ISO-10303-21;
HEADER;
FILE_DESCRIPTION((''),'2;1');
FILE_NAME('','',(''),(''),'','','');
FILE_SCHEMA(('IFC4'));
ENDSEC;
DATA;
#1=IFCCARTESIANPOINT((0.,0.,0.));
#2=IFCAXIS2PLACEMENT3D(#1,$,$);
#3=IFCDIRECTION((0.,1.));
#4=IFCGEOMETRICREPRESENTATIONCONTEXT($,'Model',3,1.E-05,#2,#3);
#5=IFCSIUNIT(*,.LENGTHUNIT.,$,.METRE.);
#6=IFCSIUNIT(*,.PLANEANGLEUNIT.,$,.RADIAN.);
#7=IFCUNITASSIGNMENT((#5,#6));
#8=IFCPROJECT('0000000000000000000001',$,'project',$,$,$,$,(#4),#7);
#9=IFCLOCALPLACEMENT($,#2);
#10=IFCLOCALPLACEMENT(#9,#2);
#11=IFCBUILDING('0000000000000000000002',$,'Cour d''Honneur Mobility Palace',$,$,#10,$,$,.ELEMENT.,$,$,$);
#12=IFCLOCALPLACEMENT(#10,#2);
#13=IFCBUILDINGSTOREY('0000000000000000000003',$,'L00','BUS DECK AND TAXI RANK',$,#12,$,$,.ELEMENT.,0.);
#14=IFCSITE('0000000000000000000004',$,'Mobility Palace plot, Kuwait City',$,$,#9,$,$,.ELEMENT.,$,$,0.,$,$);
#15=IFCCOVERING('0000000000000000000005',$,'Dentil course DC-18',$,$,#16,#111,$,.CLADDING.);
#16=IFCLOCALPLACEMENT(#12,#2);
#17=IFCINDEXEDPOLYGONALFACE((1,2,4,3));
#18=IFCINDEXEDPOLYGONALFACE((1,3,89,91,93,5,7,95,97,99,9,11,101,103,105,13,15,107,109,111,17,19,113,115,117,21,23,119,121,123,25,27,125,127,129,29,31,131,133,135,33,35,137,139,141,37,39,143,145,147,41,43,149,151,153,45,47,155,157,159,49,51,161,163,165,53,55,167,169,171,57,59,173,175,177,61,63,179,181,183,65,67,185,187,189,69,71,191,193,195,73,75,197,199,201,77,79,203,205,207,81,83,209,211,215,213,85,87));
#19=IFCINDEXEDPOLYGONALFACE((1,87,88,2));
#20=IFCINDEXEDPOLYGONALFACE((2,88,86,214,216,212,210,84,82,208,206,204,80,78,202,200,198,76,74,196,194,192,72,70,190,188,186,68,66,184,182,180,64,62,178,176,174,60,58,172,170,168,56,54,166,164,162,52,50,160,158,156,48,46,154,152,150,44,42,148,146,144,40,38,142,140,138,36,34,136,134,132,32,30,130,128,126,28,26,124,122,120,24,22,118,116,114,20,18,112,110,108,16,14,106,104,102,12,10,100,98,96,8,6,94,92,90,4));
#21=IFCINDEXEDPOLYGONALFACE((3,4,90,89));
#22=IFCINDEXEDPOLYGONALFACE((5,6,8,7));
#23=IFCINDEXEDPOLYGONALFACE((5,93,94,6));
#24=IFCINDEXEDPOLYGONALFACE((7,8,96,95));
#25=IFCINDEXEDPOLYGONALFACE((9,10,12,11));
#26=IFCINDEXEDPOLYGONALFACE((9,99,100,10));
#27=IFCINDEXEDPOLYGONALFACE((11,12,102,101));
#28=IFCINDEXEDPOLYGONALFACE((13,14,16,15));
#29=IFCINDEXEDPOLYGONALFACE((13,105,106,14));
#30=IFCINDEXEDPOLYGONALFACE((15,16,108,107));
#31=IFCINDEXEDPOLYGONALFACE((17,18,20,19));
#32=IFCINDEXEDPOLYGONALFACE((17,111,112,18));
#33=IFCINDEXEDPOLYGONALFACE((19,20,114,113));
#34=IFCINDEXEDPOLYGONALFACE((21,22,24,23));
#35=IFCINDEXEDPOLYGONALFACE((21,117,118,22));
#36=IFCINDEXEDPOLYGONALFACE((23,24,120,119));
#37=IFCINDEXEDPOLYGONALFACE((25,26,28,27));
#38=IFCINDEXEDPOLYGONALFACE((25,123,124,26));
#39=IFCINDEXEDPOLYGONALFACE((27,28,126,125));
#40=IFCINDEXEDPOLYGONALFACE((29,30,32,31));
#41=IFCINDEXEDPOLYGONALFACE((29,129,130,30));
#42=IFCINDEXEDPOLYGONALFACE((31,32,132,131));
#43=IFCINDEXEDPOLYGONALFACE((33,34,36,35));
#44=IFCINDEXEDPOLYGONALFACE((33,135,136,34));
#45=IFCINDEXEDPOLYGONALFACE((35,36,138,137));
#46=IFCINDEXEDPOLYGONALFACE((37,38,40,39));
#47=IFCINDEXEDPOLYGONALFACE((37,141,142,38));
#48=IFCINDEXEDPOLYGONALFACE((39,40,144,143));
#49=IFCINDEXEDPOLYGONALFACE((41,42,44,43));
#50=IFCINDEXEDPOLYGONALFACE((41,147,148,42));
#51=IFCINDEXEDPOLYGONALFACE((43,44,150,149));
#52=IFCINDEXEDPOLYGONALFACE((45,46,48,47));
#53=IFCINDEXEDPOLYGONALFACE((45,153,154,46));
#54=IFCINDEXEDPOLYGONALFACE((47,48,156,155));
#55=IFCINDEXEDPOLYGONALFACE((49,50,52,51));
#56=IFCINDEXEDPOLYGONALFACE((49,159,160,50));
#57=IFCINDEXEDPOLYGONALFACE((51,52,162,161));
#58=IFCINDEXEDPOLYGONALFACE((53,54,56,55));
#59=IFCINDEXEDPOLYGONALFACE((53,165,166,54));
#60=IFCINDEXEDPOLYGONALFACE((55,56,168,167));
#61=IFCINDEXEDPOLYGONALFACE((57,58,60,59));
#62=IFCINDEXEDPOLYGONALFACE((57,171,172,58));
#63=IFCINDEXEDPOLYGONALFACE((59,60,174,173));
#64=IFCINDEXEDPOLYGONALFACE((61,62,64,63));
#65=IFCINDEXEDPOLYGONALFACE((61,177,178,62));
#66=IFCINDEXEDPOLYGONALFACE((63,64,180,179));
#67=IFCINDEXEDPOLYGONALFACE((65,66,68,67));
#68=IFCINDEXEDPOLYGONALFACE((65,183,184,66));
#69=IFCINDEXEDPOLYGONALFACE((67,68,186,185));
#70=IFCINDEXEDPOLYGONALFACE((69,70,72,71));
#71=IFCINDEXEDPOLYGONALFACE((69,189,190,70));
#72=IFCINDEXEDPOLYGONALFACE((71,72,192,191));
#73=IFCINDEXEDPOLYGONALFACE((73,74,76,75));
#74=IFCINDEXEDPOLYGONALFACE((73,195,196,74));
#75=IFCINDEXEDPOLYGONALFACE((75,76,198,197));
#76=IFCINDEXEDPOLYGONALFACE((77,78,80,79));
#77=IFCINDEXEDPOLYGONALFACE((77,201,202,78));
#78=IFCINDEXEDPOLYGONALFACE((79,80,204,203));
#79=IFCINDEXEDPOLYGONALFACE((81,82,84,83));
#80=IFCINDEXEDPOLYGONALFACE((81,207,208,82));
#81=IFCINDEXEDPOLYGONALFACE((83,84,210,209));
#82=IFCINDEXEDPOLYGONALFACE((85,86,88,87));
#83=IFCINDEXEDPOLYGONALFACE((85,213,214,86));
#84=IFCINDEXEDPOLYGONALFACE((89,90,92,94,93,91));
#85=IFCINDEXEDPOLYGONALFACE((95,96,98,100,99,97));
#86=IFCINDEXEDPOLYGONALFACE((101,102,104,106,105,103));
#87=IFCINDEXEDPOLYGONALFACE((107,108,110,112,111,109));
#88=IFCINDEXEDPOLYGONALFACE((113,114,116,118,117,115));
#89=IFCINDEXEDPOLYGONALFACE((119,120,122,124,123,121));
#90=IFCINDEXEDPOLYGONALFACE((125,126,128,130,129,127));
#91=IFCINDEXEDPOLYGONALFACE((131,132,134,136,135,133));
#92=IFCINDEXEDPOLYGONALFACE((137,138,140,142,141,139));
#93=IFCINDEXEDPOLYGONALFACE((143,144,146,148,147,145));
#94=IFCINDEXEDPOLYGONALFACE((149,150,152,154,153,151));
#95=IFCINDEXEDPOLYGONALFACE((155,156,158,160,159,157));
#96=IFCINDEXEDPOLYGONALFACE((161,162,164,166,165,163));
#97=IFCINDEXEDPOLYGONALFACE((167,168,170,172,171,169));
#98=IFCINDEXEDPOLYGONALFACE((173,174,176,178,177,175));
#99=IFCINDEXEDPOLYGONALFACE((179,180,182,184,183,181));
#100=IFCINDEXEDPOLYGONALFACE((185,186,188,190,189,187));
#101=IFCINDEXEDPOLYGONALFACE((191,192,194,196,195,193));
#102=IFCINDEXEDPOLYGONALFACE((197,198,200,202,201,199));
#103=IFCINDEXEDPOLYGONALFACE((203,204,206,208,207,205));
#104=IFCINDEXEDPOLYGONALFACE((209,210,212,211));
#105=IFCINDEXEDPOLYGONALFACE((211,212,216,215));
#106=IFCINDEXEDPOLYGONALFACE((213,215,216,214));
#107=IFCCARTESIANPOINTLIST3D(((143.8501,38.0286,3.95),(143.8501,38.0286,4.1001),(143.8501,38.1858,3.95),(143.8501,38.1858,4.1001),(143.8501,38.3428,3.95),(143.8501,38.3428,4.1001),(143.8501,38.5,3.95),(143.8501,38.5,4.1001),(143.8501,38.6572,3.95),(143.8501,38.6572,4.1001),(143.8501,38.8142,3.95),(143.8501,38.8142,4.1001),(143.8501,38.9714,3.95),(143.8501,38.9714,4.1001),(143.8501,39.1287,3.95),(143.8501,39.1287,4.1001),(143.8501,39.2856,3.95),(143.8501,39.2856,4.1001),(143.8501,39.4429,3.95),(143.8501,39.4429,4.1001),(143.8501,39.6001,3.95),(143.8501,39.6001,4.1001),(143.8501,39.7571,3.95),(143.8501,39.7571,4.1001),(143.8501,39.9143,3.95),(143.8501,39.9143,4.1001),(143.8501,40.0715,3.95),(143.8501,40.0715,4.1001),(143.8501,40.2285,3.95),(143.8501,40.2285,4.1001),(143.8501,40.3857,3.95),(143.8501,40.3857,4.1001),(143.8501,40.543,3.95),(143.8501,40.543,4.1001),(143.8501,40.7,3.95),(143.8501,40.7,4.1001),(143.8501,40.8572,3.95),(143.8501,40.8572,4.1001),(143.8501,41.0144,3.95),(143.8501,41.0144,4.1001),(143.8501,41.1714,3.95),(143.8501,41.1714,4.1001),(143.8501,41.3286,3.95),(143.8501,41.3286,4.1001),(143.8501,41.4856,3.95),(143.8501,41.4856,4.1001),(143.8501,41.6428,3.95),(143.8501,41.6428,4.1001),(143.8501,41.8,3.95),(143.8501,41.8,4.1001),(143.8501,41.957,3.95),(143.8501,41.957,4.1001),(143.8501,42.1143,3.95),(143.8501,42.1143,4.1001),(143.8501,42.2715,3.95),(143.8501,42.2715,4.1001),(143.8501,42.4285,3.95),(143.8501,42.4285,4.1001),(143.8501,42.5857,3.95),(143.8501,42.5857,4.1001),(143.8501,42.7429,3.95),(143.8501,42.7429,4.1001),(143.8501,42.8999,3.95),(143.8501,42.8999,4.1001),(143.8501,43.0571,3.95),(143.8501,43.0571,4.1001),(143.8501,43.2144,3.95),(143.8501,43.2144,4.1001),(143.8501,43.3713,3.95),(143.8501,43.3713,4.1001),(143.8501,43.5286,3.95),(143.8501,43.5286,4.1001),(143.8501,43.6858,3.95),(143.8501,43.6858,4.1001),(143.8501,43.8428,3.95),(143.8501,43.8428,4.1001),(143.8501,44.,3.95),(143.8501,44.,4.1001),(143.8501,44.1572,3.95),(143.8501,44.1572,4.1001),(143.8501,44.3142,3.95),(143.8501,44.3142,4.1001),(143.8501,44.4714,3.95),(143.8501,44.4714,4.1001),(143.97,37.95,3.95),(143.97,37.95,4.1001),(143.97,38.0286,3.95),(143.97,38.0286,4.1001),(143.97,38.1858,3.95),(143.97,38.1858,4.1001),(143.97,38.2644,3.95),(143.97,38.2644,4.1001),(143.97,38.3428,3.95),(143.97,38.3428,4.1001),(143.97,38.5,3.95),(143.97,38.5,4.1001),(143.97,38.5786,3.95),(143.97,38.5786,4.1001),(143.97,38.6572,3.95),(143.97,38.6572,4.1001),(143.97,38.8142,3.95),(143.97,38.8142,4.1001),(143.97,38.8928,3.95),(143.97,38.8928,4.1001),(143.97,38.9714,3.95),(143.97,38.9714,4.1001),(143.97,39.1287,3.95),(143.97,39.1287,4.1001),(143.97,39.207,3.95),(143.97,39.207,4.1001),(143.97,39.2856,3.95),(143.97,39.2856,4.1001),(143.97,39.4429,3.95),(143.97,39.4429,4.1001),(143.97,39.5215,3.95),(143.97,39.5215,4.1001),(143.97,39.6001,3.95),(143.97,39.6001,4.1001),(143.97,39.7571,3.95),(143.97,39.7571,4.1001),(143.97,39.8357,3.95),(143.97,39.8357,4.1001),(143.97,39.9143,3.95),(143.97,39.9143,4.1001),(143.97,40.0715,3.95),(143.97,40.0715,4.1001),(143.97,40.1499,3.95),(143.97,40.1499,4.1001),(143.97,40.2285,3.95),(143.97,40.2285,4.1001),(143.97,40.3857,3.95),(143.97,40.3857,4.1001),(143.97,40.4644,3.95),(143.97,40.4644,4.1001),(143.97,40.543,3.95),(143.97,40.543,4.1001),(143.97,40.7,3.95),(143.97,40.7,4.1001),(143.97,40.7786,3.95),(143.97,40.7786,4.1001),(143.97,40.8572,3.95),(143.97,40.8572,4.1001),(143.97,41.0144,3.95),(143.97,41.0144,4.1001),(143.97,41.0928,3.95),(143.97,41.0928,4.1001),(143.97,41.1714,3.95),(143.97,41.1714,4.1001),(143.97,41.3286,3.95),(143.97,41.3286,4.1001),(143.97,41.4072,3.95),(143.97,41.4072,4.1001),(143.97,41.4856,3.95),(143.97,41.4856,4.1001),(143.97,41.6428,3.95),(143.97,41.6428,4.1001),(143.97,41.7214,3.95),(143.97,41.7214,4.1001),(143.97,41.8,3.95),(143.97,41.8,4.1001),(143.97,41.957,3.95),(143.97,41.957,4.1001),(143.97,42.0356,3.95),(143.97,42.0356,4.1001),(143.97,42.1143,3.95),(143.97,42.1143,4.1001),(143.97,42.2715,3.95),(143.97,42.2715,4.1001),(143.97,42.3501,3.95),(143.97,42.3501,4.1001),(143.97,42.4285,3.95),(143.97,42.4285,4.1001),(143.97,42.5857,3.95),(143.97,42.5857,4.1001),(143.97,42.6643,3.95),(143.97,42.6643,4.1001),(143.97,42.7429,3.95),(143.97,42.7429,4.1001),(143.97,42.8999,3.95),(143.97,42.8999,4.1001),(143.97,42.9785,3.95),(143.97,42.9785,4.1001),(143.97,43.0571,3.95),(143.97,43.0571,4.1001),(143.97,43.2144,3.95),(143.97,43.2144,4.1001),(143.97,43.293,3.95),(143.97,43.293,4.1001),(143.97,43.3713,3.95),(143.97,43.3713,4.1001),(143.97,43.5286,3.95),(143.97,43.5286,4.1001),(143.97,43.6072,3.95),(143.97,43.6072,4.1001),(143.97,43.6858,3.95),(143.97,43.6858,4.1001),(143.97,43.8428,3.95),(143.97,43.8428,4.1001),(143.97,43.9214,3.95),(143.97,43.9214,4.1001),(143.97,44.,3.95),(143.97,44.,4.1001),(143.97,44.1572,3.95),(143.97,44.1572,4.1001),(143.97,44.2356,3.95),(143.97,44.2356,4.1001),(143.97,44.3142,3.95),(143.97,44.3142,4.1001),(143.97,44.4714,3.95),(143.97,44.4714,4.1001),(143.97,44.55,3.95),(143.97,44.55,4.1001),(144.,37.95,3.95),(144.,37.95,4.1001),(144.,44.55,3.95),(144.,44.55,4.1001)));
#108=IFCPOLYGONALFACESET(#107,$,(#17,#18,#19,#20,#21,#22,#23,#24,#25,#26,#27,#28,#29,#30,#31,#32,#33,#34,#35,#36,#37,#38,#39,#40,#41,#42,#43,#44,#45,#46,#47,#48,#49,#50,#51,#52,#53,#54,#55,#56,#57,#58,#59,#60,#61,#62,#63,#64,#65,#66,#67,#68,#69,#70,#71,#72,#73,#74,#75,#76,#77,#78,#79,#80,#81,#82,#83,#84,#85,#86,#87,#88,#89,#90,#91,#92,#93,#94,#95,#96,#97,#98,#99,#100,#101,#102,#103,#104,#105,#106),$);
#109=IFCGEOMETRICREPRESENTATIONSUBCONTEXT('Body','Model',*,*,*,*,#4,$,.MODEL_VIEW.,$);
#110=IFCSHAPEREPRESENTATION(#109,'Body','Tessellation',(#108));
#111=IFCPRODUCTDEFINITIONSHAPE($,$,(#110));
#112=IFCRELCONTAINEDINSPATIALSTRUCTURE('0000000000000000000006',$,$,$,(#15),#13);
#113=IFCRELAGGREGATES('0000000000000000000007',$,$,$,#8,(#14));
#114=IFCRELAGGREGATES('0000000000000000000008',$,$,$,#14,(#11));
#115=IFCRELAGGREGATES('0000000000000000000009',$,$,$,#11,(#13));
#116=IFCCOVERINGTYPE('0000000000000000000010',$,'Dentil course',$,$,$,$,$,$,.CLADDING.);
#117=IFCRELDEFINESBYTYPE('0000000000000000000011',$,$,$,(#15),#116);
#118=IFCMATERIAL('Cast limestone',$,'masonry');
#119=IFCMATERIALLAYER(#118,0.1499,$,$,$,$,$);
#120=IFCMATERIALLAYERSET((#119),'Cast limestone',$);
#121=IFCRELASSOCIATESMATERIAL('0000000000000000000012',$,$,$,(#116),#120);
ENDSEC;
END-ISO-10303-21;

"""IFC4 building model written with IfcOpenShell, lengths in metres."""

from ifc_helpers import new_model, si_unit, direction, frame, origin, place, context, subcontext, project, spatial, polyline, outline, extrude, material, layer, layer_set, type_object, element, save


model = new_model("IFC4")

# Units and contexts
model_context = context("Model", 3, precision=1e-05, world=origin(), true_north=direction((0.0, 1.0)))
body_context = subcontext(model_context, "Body", "Model", "MODEL_VIEW")
ifc_project = project(units=[si_unit("LENGTHUNIT", "METRE"), si_unit("PLANEANGLEUNIT", "RADIAN")], contexts=[model_context])

# Site, building, storey
site_placement = place(None, origin())
site = spatial("IfcSite", under=ifc_project, at=site_placement, Name="Mobility Palace plot, Kuwait City", CompositionType="ELEMENT", RefElevation=0.0)
building_placement = place(site_placement, origin())
building = spatial("IfcBuilding", under=site, at=building_placement, Name="Cour d'Honneur Mobility Palace", CompositionType="ELEMENT")
storey_placement = place(building_placement, origin())
storey = spatial("IfcBuildingStorey", under=building, at=storey_placement, Name="L00", Description="BUS DECK AND TAXI RANK", CompositionType="ELEMENT", Elevation=0.0)

# Covering
ifc_material = material(Name="Cast limestone", Category="masonry")
ifc_layer = layer(ifc_material, 0.1499)
ifc_layer_set = layer_set([ifc_layer], Name="Cast limestone")
covering_type = type_object("IfcCoveringType", Name="Dentil course", PredefinedType="CLADDING", material=ifc_layer_set)
covering_1_placement = place(storey_placement, frame((0.0, 0.0, 3.95)))
element("IfcCovering", 1, at=covering_1_placement, inside=storey, type_object=covering_type, Name="Dentil course DC-18", PredefinedType="CLADDING", context=body_context, shape_type="SweptSolid", body=[
    extrude(outline(polyline([(144.0, 44.55), (144.0, 37.95), (143.97, 37.95), (143.97, 37.95), (143.97, 38.0286), (143.8501, 38.0286), (143.8501, 38.1858), (143.97, 38.1858), (143.97, 38.2644), (143.97, 38.2644), (143.97, 38.3428), (143.8501, 38.3428), (143.8501, 38.5), (143.97, 38.5), (143.97, 38.5786), (143.97, 38.5786), (143.97, 38.6572), (143.8501, 38.6572), (143.8501, 38.8142), (143.97, 38.8142), (143.97, 38.8928), (143.97, 38.8928), (143.97, 38.9714), (143.8501, 38.9714), (143.8501, 39.1287), (143.97, 39.1287), (143.97, 39.207), (143.97, 39.207), (143.97, 39.2856), (143.8501, 39.2856), (143.8501, 39.4429), (143.97, 39.4429), (143.97, 39.5215), (143.97, 39.5215), (143.97, 39.6001), (143.8501, 39.6001), (143.8501, 39.7571), (143.97, 39.7571), (143.97, 39.8357), (143.97, 39.8357), (143.97, 39.9143), (143.8501, 39.9143), (143.8501, 40.0715), (143.97, 40.0715), (143.97, 40.1499), (143.97, 40.1499), (143.97, 40.2285), (143.8501, 40.2285), (143.8501, 40.3857), (143.97, 40.3857), (143.97, 40.4644), (143.97, 40.4644), (143.97, 40.543), (143.8501, 40.543), (143.8501, 40.7), (143.97, 40.7), (143.97, 40.7786), (143.97, 40.7786), (143.97, 40.8572), (143.8501, 40.8572), (143.8501, 41.0144), (143.97, 41.0144), (143.97, 41.0928), (143.97, 41.0928), (143.97, 41.1714), (143.8501, 41.1714), (143.8501, 41.3286), (143.97, 41.3286), (143.97, 41.4072), (143.97, 41.4072), (143.97, 41.4856), (143.8501, 41.4856), (143.8501, 41.6428), (143.97, 41.6428), (143.97, 41.7214), (143.97, 41.7214), (143.97, 41.8), (143.8501, 41.8), (143.8501, 41.957), (143.97, 41.957), (143.97, 42.0356), (143.97, 42.0356), (143.97, 42.1143), (143.8501, 42.1143), (143.8501, 42.2715), (143.97, 42.2715), (143.97, 42.3501), (143.97, 42.3501), (143.97, 42.4285), (143.8501, 42.4285), (143.8501, 42.5857), (143.97, 42.5857), (143.97, 42.6643), (143.97, 42.6643), (143.97, 42.7429), (143.8501, 42.7429), (143.8501, 42.8999), (143.97, 42.8999), (143.97, 42.9785), (143.97, 42.9785), (143.97, 43.0571), (143.8501, 43.0571), (143.8501, 43.2144), (143.97, 43.2144), (143.97, 43.293), (143.97, 43.293), (143.97, 43.3713), (143.8501, 43.3713), (143.8501, 43.5286), (143.97, 43.5286), (143.97, 43.6072), (143.97, 43.6072), (143.97, 43.6858), (143.8501, 43.6858), (143.8501, 43.8428), (143.97, 43.8428), (143.97, 43.9214), (143.97, 43.9214), (143.97, 44.0), (143.8501, 44.0), (143.8501, 44.1572), (143.97, 44.1572), (143.97, 44.2356), (143.97, 44.2356), (143.97, 44.3142), (143.8501, 44.3142), (143.8501, 44.4714), (143.97, 44.4714), (143.97, 44.55), (144.0, 44.55)])), origin(), (0.0, 0.0, 1.0), 0.1501),
])

save(model, "model.ifc")
